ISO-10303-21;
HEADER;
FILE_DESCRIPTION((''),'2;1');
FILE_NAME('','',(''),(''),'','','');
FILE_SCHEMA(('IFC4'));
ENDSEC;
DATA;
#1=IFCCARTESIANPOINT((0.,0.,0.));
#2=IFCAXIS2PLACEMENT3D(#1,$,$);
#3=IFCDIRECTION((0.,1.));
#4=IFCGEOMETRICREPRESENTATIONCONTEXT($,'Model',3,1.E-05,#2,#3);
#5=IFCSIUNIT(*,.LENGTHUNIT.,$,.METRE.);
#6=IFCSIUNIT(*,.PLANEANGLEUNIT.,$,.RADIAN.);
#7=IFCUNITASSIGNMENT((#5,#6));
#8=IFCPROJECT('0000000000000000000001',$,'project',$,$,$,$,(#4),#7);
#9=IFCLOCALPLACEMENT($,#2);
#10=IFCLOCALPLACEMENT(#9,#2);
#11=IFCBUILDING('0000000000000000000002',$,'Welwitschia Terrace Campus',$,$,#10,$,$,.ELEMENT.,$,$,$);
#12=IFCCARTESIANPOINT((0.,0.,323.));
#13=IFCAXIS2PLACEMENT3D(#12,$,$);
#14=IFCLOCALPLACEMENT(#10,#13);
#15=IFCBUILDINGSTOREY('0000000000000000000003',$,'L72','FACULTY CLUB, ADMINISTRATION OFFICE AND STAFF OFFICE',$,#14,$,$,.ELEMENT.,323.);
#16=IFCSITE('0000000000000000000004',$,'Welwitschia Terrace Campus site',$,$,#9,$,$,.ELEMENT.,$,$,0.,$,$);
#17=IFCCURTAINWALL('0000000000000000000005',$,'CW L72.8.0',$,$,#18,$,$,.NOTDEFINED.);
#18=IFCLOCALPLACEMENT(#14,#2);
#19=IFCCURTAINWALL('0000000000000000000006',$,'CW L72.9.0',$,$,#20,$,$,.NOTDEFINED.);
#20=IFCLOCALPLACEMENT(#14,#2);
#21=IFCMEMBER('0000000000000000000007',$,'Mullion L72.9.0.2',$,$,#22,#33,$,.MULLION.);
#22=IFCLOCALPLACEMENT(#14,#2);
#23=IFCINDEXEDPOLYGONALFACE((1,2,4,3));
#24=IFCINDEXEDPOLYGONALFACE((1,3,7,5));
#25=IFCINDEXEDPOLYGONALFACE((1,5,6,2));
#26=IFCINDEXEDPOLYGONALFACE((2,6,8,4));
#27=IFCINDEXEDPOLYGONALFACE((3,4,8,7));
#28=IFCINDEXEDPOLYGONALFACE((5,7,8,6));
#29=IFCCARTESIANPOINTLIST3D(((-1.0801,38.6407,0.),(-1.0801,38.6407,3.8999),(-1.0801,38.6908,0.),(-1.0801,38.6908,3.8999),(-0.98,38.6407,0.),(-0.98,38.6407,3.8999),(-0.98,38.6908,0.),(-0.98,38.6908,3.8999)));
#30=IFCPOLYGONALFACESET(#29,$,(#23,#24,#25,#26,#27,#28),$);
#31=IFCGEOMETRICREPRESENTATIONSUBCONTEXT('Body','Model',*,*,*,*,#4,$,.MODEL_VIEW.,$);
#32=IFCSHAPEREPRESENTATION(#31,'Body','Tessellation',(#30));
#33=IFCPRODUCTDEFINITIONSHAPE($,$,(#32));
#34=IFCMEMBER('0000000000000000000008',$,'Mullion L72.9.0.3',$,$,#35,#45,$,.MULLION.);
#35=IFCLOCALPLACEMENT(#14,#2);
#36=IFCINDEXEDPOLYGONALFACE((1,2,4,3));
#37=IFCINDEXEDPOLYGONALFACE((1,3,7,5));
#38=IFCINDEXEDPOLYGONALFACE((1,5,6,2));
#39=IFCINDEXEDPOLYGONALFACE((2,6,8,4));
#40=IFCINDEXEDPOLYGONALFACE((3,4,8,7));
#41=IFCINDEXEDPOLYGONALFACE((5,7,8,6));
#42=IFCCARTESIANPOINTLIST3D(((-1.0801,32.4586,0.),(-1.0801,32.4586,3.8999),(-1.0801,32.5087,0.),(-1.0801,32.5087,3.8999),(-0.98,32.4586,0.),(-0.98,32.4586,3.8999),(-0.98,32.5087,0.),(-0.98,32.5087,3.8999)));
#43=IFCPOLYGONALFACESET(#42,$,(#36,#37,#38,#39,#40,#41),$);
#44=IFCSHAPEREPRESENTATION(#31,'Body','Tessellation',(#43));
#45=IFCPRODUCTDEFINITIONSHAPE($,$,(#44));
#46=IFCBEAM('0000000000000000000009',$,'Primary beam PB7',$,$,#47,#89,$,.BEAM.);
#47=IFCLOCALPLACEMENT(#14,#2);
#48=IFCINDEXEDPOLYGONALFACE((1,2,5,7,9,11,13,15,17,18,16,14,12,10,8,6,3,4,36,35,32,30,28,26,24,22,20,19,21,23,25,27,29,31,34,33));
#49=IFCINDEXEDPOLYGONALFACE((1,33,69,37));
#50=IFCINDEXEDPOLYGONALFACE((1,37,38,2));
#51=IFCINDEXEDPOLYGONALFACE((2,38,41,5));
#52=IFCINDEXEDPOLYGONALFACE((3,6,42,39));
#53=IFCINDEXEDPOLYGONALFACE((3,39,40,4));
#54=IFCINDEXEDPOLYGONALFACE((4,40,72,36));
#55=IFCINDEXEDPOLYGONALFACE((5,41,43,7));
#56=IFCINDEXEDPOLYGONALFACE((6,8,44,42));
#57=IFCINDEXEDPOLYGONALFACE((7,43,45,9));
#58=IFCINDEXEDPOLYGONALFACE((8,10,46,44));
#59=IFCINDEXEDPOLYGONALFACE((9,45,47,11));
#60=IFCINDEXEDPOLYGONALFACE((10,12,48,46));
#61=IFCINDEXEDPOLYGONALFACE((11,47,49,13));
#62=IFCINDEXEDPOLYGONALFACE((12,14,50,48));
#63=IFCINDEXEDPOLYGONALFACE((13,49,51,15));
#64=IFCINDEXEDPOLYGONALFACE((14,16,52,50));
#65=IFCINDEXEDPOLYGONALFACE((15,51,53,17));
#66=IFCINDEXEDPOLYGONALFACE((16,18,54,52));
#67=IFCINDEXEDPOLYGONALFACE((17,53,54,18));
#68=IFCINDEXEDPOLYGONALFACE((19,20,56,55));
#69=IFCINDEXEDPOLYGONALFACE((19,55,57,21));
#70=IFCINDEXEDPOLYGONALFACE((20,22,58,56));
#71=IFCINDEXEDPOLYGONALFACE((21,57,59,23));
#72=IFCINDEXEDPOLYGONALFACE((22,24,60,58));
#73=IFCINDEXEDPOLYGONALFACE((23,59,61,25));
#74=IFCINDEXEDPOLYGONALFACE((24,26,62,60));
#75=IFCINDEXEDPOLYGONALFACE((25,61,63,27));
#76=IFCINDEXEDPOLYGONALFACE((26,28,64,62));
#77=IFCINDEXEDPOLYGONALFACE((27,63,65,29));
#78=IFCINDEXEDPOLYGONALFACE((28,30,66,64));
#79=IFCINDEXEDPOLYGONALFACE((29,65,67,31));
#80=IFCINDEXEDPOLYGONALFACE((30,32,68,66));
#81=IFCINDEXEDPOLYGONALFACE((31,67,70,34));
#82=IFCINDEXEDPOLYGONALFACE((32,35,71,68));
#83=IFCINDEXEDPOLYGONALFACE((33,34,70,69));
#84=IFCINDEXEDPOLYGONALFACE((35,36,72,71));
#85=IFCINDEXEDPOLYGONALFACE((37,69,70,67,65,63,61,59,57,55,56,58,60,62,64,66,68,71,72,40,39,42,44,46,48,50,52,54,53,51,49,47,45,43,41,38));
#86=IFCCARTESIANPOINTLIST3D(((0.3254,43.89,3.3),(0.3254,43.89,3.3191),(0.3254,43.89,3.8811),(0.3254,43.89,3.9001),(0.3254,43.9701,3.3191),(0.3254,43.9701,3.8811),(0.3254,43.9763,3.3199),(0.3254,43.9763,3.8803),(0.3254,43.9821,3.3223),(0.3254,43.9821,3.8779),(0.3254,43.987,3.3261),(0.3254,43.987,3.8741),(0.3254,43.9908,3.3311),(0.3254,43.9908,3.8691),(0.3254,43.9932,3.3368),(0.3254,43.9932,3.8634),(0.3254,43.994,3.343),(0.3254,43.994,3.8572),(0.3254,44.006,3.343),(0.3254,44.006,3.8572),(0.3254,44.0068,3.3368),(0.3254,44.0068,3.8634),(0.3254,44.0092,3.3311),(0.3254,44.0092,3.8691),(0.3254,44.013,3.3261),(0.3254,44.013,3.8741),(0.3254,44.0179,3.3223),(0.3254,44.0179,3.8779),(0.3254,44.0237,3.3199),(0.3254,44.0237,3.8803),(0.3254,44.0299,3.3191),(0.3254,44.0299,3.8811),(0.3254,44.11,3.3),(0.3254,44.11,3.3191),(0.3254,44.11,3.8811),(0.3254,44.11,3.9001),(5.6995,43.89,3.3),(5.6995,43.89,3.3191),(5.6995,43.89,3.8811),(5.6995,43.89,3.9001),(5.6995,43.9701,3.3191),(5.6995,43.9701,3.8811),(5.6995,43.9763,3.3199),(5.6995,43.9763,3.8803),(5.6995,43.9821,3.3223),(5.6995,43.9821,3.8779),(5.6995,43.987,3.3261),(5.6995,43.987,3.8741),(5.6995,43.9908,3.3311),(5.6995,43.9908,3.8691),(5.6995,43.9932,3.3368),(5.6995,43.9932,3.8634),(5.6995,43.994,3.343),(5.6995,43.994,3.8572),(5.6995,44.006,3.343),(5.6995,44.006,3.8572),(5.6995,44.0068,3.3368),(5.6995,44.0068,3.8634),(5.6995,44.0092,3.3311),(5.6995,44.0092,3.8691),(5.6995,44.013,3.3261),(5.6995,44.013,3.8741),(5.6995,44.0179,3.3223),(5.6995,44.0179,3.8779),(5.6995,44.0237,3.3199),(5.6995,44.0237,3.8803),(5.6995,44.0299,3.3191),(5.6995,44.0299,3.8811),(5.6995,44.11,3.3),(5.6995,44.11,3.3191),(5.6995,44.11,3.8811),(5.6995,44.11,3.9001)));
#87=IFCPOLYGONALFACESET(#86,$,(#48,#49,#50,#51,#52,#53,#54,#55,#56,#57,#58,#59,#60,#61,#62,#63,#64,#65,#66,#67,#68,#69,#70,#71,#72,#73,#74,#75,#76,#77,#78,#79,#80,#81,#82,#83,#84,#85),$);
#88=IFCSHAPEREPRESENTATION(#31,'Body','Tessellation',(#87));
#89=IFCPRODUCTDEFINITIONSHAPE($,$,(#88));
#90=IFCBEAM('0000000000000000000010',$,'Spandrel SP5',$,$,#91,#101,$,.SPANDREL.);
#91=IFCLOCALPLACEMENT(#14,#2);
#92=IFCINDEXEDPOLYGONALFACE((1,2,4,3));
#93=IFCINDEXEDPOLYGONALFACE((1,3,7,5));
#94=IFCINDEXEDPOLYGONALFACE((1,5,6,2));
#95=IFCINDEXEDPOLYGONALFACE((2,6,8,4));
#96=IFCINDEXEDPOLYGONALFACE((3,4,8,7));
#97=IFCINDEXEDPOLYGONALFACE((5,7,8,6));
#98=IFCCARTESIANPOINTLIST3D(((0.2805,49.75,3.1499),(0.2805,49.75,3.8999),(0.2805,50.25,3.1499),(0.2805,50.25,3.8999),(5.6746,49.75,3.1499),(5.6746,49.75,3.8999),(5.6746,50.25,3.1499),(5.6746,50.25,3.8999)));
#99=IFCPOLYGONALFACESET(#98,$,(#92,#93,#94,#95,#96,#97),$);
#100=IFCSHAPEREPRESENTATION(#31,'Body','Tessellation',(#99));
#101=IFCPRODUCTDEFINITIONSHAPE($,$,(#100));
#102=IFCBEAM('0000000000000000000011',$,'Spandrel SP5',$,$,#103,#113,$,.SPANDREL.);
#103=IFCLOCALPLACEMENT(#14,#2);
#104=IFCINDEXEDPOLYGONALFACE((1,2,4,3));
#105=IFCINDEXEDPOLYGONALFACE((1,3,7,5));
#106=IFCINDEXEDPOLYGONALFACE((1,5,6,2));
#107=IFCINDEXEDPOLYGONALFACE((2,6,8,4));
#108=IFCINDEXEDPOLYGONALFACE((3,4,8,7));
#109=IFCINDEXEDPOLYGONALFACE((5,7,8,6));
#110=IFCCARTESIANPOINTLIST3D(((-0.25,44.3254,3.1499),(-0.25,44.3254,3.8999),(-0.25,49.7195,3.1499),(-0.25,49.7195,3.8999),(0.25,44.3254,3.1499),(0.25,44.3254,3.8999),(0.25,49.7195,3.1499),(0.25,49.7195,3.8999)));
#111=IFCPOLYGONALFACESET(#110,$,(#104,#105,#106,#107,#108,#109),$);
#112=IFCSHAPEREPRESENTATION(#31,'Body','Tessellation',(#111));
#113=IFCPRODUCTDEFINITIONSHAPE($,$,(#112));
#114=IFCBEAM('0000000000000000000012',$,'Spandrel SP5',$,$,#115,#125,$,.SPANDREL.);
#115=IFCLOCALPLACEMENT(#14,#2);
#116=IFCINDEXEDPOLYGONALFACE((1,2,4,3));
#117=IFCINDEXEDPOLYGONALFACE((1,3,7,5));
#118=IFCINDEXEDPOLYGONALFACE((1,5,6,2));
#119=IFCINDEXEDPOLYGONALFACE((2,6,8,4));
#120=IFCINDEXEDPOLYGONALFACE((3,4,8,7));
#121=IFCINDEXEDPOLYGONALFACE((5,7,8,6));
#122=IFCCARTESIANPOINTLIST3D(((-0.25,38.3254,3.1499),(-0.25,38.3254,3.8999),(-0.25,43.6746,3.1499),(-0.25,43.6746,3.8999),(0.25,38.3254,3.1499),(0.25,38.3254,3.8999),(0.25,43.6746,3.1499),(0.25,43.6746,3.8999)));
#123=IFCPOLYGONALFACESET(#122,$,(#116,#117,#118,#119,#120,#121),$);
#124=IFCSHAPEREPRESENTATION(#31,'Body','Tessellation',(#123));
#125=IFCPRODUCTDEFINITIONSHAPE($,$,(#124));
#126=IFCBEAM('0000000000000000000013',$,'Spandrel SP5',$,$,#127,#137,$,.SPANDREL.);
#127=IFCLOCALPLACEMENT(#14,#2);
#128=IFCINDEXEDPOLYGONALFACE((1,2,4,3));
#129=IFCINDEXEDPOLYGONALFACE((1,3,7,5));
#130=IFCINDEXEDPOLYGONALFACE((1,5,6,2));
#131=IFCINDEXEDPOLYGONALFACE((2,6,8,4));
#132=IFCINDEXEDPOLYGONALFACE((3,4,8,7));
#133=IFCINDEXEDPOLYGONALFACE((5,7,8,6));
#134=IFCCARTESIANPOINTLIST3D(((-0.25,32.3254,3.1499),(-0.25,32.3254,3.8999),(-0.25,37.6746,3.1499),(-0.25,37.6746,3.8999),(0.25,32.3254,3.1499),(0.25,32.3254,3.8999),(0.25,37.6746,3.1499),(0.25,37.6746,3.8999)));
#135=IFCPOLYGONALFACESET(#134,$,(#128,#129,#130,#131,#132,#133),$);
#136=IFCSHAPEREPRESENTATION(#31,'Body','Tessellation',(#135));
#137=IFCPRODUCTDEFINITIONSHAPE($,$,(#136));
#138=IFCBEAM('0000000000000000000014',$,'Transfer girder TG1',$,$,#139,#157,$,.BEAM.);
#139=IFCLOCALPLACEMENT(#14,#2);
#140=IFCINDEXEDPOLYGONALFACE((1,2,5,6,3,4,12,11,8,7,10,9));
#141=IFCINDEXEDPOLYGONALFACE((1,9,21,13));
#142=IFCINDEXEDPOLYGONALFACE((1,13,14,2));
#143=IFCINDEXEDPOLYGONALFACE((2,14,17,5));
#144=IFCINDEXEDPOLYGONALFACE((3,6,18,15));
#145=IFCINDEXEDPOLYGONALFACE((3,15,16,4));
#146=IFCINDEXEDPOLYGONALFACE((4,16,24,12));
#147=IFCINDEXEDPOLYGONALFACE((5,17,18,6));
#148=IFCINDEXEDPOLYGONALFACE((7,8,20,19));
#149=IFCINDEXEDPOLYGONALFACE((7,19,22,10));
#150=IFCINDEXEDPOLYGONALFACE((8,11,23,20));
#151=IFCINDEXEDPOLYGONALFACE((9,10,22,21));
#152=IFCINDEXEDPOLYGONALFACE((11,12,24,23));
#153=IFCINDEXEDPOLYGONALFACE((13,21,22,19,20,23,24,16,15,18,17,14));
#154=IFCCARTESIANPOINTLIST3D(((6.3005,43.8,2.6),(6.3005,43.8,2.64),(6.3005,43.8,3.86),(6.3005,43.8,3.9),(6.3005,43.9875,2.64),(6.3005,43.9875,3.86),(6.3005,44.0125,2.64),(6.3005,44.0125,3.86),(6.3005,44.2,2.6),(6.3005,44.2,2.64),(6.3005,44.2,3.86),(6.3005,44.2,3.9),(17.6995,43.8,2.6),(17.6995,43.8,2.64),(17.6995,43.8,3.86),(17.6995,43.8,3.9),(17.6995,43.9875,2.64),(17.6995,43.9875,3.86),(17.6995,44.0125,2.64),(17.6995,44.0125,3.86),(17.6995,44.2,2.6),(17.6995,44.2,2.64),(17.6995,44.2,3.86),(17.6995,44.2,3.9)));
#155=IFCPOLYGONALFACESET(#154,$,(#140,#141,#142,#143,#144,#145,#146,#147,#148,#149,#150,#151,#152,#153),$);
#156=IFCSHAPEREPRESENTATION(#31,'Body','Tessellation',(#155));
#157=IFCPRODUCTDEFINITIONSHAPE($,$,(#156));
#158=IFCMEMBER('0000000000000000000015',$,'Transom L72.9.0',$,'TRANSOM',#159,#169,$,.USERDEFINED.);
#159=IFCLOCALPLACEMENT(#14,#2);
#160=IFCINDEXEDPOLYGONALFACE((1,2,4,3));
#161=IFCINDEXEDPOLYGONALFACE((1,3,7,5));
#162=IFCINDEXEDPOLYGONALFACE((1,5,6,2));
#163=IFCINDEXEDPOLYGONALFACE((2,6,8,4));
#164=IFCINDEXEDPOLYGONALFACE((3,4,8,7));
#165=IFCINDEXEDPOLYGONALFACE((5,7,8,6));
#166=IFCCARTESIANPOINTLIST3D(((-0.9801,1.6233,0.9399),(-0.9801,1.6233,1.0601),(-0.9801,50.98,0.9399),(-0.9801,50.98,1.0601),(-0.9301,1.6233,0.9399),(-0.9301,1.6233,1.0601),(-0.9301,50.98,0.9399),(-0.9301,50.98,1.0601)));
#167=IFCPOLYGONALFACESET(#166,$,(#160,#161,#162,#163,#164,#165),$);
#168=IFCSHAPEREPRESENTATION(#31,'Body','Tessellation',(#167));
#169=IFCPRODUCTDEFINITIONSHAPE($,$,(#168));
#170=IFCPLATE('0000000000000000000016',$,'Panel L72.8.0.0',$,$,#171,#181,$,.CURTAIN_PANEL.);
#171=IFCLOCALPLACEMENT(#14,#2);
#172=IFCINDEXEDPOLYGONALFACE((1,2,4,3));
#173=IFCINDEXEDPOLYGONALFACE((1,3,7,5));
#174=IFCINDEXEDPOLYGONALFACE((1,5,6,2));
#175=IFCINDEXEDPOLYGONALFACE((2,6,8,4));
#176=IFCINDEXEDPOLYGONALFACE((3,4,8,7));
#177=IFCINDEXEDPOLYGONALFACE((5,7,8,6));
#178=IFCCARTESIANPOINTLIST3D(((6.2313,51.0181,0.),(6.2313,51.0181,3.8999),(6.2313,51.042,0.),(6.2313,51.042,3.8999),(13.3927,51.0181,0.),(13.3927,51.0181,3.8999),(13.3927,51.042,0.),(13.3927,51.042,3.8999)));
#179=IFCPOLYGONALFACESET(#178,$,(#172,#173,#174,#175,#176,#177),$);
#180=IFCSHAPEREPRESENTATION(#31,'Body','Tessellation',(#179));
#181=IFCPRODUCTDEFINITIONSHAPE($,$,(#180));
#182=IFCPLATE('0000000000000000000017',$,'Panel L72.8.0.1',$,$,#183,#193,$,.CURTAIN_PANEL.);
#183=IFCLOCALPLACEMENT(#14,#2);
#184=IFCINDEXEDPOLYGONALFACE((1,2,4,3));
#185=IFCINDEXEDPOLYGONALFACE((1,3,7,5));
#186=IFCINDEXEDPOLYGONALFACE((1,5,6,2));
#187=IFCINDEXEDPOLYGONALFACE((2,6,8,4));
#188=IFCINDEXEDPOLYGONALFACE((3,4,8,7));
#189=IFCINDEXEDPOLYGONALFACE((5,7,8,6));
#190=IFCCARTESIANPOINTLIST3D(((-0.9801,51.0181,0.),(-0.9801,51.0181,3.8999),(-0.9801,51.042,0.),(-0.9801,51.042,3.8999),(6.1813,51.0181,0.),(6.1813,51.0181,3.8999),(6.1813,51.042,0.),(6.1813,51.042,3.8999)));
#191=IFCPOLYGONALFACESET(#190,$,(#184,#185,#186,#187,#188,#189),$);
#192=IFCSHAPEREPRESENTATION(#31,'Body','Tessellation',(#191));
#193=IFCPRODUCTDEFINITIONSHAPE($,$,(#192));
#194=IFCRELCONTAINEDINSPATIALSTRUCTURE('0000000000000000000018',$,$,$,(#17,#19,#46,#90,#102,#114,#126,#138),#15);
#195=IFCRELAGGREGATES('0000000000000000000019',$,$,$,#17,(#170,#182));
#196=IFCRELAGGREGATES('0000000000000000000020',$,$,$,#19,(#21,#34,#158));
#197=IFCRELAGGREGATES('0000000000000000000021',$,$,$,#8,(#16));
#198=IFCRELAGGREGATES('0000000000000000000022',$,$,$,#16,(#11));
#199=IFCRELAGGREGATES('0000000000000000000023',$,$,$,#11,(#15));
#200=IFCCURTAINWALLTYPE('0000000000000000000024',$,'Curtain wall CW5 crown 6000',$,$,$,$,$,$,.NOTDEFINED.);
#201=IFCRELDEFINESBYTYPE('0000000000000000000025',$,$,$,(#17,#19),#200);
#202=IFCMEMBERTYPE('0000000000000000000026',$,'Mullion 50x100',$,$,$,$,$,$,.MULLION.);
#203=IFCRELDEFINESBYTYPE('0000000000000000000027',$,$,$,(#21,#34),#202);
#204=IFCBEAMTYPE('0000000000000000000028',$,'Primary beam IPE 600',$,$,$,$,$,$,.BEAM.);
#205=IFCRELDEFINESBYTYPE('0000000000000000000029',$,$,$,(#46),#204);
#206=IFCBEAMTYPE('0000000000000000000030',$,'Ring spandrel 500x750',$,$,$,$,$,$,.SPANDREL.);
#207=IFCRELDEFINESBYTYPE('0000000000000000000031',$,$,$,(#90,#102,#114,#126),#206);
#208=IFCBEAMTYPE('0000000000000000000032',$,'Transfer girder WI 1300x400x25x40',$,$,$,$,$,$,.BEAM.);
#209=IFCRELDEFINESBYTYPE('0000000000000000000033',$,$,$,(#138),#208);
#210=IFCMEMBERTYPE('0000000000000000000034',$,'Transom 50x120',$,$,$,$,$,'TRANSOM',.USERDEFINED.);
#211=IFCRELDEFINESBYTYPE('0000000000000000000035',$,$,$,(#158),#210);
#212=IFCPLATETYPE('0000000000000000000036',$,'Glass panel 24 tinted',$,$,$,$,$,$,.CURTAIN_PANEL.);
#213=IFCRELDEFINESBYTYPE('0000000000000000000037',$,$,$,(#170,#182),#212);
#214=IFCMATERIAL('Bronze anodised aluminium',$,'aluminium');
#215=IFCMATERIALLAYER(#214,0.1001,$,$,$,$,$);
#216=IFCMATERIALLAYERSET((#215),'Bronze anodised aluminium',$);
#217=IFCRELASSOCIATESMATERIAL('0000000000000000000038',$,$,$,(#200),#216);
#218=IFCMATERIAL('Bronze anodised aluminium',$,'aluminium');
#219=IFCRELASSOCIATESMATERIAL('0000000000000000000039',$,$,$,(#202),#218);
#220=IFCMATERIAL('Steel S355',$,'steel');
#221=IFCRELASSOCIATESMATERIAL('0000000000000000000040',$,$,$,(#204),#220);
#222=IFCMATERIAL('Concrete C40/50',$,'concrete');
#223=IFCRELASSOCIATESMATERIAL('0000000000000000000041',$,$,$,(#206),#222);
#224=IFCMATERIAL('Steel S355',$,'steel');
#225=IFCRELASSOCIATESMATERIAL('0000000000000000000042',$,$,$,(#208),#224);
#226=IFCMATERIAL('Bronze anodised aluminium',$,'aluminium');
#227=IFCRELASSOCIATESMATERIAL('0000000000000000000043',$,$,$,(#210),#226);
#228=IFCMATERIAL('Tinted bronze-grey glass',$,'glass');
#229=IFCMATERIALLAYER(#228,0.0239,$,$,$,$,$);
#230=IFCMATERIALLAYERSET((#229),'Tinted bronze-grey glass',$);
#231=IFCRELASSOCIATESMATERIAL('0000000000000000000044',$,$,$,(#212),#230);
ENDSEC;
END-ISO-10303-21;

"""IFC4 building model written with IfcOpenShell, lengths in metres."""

from ifc_helpers import new_model, si_unit, direction, frame, origin, origin_2d, place, context, subcontext, project, spatial, rectangle, i_section, extrude, material, layer, layer_set, material_profile, profile_set, type_object, element, aggregate, save


model = new_model("IFC4")

# Units and contexts
model_context = context("Model", 3, precision=1e-05, world=origin(), true_north=direction((0.0, 1.0)))
body_context = subcontext(model_context, "Body", "Model", "MODEL_VIEW")
ifc_project = project(units=[si_unit("LENGTHUNIT", "METRE"), si_unit("PLANEANGLEUNIT", "RADIAN")], contexts=[model_context])

# Site, building, storey
site_placement = place(None, origin())
site = spatial("IfcSite", under=ifc_project, at=site_placement, Name="Welwitschia Terrace Campus site", CompositionType="ELEMENT", RefElevation=0.0)
building_placement = place(site_placement, origin())
building = spatial("IfcBuilding", under=site, at=building_placement, Name="Welwitschia Terrace Campus", CompositionType="ELEMENT")
storey_placement = place(building_placement, frame((0.0, 0.0, 323.0)))
storey = spatial("IfcBuildingStorey", under=building, at=storey_placement, Name="L72", Description="FACULTY CLUB, ADMINISTRATION OFFICE AND STAFF OFFICE", CompositionType="ELEMENT", Elevation=323.0)

# Curtain walls, members
ifc_material_1 = material(Name="Bronze anodised aluminium", Category="aluminium")
ifc_layer_1 = layer(ifc_material_1, 0.1001)
ifc_layer_set_1 = layer_set([ifc_layer_1], Name="Bronze anodised aluminium")
curtain_wall_type = type_object("IfcCurtainWallType", Name="Curtain wall CW5 crown 6000", PredefinedType="NOTDEFINED", material=ifc_layer_set_1)
curtain_wall_1_placement = place(storey_placement, origin())
curtain_wall_1 = element("IfcCurtainWall", 1, at=curtain_wall_1_placement, inside=storey, type_object=curtain_wall_type, Name="CW L72.8.0", PredefinedType="NOTDEFINED")
ifc_material_2 = material(Name="Bronze anodised aluminium", Category="aluminium")
ifc_material_profile_1 = material_profile(ifc_material_2, rectangle(XDim=0.1001, YDim=0.05, at=origin_2d()))
ifc_profile_set_1 = profile_set([ifc_material_profile_1], Name="Bronze anodised aluminium")
member_type_1 = type_object("IfcMemberType", Name="Mullion 50x100", PredefinedType="MULLION", material=ifc_profile_set_1)
curtain_wall_2_placement = place(storey_placement, origin())
curtain_wall_2 = element("IfcCurtainWall", 2, at=curtain_wall_2_placement, inside=storey, type_object=curtain_wall_type, Name="CW L72.9.0", PredefinedType="NOTDEFINED")
member_1_placement = place(storey_placement, frame((-1.03, 38.6658, 0.0), z_axis=(0.0, 0.0, 1.0), x_axis=(1.0, 0.0, 0.0)))
member_1 = element("IfcMember", 3, at=member_1_placement, type_object=member_type_1, Name="Mullion L72.9.0.2", PredefinedType="MULLION", context=body_context, shape_type="SweptSolid", body=[
    extrude(rectangle(XDim=0.1001, YDim=0.05, at=origin_2d()), origin(), (0.0, 0.0, 1.0), 3.8999),
])
member_2_placement = place(storey_placement, frame((-1.03, 32.4836, 0.0), z_axis=(0.0, 0.0, 1.0), x_axis=(1.0, 0.0, 0.0)))
member_2 = element("IfcMember", 4, at=member_2_placement, type_object=member_type_1, Name="Mullion L72.9.0.3", PredefinedType="MULLION", context=body_context, shape_type="SweptSolid", body=[
    extrude(rectangle(XDim=0.1001, YDim=0.05, at=origin_2d()), origin(), (0.0, 0.0, 1.0), 3.8999),
])

# Beams
ifc_material_3 = material(Name="Steel S355", Category="steel")
ifc_material_profile_2 = material_profile(ifc_material_3, i_section(OverallWidth=0.22, OverallDepth=0.6001, WebThickness=0.012, FlangeThickness=0.019, FilletRadius=0.0239, at=origin_2d()))
ifc_profile_set_2 = profile_set([ifc_material_profile_2], Name="Steel S355")
beam_type_1 = type_object("IfcBeamType", Name="Primary beam IPE 600", PredefinedType="BEAM", material=ifc_profile_set_2)
beam_1_placement = place(storey_placement, frame((0.3254, 44.0, 3.6001), z_axis=(1.0, 0.0, 0.0), x_axis=(0.0, 1.0, 0.0)))
element("IfcBeam", 5, at=beam_1_placement, inside=storey, type_object=beam_type_1, Name="Primary beam PB7", PredefinedType="BEAM", context=body_context, shape_type="SweptSolid", body=[
    extrude(i_section(OverallWidth=0.22, OverallDepth=0.6001, WebThickness=0.012, FlangeThickness=0.019, FilletRadius=0.0239, at=origin_2d()), origin(), (0.0, 0.0, 1.0), 5.374),
])
ifc_material_4 = material(Name="Concrete C40/50", Category="concrete")
ifc_material_profile_3 = material_profile(ifc_material_4, rectangle(XDim=0.5, YDim=0.75, at=origin_2d()))
ifc_profile_set_3 = profile_set([ifc_material_profile_3], Name="Concrete C40/50")
beam_type_2 = type_object("IfcBeamType", Name="Ring spandrel 500x750", PredefinedType="SPANDREL", material=ifc_profile_set_3)
for number, where, z_axis, x_axis, name in (
    (6, (5.6746, 50.0, 3.5249), (-1.0, 0.0, 0.0), (0.0, -1.0, 0.0), "Spandrel SP5"),
    (7, (0.0, 49.7195, 3.5249), (0.0, -1.0, 0.0), (1.0, 0.0, 0.0), "Spandrel SP5"),
):
    element("IfcBeam", number, at=place(storey_placement, frame(where, z_axis=z_axis, x_axis=x_axis)), inside=storey, type_object=beam_type_2, Name=name, PredefinedType="SPANDREL", context=body_context, shape_type="SweptSolid", body=[
        extrude(rectangle(XDim=0.5, YDim=0.75, at=origin_2d()), origin(), (0.0, 0.0, 1.0), 5.394),
    ])
for number, where, z_axis, x_axis, name in (
    (8, (0.0, 43.6746, 3.5249), (0.0, -1.0, 0.0), (1.0, 0.0, 0.0), "Spandrel SP5"),
    (9, (0.0, 37.6746, 3.5249), (0.0, -1.0, 0.0), (1.0, 0.0, 0.0), "Spandrel SP5"),
):
    element("IfcBeam", number, at=place(storey_placement, frame(where, z_axis=z_axis, x_axis=x_axis)), inside=storey, type_object=beam_type_2, Name=name, PredefinedType="SPANDREL", context=body_context, shape_type="SweptSolid", body=[
        extrude(rectangle(XDim=0.5, YDim=0.75, at=origin_2d()), origin(), (0.0, 0.0, 1.0), 5.3491),
    ])
ifc_material_5 = material(Name="Steel S355", Category="steel")
ifc_material_profile_4 = material_profile(ifc_material_5, i_section(OverallWidth=0.3999, OverallDepth=1.3, WebThickness=0.0249, FlangeThickness=0.04, at=origin_2d()))
ifc_profile_set_4 = profile_set([ifc_material_profile_4], Name="Steel S355")
beam_type_3 = type_object("IfcBeamType", Name="Transfer girder WI 1300x400x25x40", PredefinedType="BEAM", material=ifc_profile_set_4)
beam_2_placement = place(storey_placement, frame((6.3005, 44.0, 3.25), z_axis=(1.0, 0.0, 0.0), x_axis=(0.0, 1.0, 0.0)))
element("IfcBeam", 10, at=beam_2_placement, inside=storey, type_object=beam_type_3, Name="Transfer girder TG1", PredefinedType="BEAM", context=body_context, shape_type="SweptSolid", body=[
    extrude(i_section(OverallWidth=0.3999, OverallDepth=1.3, WebThickness=0.0249, FlangeThickness=0.04, at=origin_2d()), origin(), (0.0, 0.0, 1.0), 11.3989),
])

# Member
ifc_material_6 = material(Name="Bronze anodised aluminium", Category="aluminium")
ifc_material_profile_5 = material_profile(ifc_material_6, rectangle(XDim=0.05, YDim=0.1201, at=origin_2d()))
ifc_profile_set_5 = profile_set([ifc_material_profile_5], Name="Bronze anodised aluminium")
member_type_2 = type_object("IfcMemberType", Name="Transom 50x120", ElementType="TRANSOM", PredefinedType="USERDEFINED", material=ifc_profile_set_5)
member_3_placement = place(storey_placement, frame((-0.9551, 50.98, 1.0), z_axis=(0.0, -1.0, 0.0), x_axis=(1.0, 0.0, 0.0)))
member_3 = element("IfcMember", 11, at=member_3_placement, type_object=member_type_2, Name="Transom L72.9.0", ObjectType="TRANSOM", PredefinedType="USERDEFINED", context=body_context, shape_type="SweptSolid", body=[
    extrude(rectangle(XDim=0.05, YDim=0.1201, at=origin_2d()), origin(), (0.0, 0.0, 1.0), 49.3567),
])

# Plates
ifc_material_7 = material(Name="Tinted bronze-grey glass", Category="glass")
ifc_layer_2 = layer(ifc_material_7, 0.0239)
ifc_layer_set_2 = layer_set([ifc_layer_2], Name="Tinted bronze-grey glass")
plate_type = type_object("IfcPlateType", Name="Glass panel 24 tinted", PredefinedType="CURTAIN_PANEL", material=ifc_layer_set_2)
plate_1_placement = place(storey_placement, frame((9.812, 51.03, 0.0), z_axis=(0.0, 0.0, 1.0), x_axis=(-1.0, 0.0, 0.0)))
plate_1 = element("IfcPlate", 12, at=plate_1_placement, type_object=plate_type, Name="Panel L72.8.0.0", PredefinedType="CURTAIN_PANEL", context=body_context, shape_type="SweptSolid", body=[
    extrude(rectangle(XDim=7.1614, YDim=0.0239, at=origin_2d()), origin(), (0.0, 0.0, 1.0), 3.8999),
])
plate_2_placement = place(storey_placement, frame((2.6006, 51.03, 0.0), z_axis=(0.0, 0.0, 1.0), x_axis=(-1.0, 0.0, 0.0)))
plate_2 = element("IfcPlate", 13, at=plate_2_placement, type_object=plate_type, Name="Panel L72.8.0.1", PredefinedType="CURTAIN_PANEL", context=body_context, shape_type="SweptSolid", body=[
    extrude(rectangle(XDim=7.1614, YDim=0.0239, at=origin_2d()), origin(), (0.0, 0.0, 1.0), 3.8999),
])
aggregate(curtain_wall_1, [plate_1, plate_2])
aggregate(curtain_wall_2, [member_1, member_2, member_3])

save(model, "model.ifc")
